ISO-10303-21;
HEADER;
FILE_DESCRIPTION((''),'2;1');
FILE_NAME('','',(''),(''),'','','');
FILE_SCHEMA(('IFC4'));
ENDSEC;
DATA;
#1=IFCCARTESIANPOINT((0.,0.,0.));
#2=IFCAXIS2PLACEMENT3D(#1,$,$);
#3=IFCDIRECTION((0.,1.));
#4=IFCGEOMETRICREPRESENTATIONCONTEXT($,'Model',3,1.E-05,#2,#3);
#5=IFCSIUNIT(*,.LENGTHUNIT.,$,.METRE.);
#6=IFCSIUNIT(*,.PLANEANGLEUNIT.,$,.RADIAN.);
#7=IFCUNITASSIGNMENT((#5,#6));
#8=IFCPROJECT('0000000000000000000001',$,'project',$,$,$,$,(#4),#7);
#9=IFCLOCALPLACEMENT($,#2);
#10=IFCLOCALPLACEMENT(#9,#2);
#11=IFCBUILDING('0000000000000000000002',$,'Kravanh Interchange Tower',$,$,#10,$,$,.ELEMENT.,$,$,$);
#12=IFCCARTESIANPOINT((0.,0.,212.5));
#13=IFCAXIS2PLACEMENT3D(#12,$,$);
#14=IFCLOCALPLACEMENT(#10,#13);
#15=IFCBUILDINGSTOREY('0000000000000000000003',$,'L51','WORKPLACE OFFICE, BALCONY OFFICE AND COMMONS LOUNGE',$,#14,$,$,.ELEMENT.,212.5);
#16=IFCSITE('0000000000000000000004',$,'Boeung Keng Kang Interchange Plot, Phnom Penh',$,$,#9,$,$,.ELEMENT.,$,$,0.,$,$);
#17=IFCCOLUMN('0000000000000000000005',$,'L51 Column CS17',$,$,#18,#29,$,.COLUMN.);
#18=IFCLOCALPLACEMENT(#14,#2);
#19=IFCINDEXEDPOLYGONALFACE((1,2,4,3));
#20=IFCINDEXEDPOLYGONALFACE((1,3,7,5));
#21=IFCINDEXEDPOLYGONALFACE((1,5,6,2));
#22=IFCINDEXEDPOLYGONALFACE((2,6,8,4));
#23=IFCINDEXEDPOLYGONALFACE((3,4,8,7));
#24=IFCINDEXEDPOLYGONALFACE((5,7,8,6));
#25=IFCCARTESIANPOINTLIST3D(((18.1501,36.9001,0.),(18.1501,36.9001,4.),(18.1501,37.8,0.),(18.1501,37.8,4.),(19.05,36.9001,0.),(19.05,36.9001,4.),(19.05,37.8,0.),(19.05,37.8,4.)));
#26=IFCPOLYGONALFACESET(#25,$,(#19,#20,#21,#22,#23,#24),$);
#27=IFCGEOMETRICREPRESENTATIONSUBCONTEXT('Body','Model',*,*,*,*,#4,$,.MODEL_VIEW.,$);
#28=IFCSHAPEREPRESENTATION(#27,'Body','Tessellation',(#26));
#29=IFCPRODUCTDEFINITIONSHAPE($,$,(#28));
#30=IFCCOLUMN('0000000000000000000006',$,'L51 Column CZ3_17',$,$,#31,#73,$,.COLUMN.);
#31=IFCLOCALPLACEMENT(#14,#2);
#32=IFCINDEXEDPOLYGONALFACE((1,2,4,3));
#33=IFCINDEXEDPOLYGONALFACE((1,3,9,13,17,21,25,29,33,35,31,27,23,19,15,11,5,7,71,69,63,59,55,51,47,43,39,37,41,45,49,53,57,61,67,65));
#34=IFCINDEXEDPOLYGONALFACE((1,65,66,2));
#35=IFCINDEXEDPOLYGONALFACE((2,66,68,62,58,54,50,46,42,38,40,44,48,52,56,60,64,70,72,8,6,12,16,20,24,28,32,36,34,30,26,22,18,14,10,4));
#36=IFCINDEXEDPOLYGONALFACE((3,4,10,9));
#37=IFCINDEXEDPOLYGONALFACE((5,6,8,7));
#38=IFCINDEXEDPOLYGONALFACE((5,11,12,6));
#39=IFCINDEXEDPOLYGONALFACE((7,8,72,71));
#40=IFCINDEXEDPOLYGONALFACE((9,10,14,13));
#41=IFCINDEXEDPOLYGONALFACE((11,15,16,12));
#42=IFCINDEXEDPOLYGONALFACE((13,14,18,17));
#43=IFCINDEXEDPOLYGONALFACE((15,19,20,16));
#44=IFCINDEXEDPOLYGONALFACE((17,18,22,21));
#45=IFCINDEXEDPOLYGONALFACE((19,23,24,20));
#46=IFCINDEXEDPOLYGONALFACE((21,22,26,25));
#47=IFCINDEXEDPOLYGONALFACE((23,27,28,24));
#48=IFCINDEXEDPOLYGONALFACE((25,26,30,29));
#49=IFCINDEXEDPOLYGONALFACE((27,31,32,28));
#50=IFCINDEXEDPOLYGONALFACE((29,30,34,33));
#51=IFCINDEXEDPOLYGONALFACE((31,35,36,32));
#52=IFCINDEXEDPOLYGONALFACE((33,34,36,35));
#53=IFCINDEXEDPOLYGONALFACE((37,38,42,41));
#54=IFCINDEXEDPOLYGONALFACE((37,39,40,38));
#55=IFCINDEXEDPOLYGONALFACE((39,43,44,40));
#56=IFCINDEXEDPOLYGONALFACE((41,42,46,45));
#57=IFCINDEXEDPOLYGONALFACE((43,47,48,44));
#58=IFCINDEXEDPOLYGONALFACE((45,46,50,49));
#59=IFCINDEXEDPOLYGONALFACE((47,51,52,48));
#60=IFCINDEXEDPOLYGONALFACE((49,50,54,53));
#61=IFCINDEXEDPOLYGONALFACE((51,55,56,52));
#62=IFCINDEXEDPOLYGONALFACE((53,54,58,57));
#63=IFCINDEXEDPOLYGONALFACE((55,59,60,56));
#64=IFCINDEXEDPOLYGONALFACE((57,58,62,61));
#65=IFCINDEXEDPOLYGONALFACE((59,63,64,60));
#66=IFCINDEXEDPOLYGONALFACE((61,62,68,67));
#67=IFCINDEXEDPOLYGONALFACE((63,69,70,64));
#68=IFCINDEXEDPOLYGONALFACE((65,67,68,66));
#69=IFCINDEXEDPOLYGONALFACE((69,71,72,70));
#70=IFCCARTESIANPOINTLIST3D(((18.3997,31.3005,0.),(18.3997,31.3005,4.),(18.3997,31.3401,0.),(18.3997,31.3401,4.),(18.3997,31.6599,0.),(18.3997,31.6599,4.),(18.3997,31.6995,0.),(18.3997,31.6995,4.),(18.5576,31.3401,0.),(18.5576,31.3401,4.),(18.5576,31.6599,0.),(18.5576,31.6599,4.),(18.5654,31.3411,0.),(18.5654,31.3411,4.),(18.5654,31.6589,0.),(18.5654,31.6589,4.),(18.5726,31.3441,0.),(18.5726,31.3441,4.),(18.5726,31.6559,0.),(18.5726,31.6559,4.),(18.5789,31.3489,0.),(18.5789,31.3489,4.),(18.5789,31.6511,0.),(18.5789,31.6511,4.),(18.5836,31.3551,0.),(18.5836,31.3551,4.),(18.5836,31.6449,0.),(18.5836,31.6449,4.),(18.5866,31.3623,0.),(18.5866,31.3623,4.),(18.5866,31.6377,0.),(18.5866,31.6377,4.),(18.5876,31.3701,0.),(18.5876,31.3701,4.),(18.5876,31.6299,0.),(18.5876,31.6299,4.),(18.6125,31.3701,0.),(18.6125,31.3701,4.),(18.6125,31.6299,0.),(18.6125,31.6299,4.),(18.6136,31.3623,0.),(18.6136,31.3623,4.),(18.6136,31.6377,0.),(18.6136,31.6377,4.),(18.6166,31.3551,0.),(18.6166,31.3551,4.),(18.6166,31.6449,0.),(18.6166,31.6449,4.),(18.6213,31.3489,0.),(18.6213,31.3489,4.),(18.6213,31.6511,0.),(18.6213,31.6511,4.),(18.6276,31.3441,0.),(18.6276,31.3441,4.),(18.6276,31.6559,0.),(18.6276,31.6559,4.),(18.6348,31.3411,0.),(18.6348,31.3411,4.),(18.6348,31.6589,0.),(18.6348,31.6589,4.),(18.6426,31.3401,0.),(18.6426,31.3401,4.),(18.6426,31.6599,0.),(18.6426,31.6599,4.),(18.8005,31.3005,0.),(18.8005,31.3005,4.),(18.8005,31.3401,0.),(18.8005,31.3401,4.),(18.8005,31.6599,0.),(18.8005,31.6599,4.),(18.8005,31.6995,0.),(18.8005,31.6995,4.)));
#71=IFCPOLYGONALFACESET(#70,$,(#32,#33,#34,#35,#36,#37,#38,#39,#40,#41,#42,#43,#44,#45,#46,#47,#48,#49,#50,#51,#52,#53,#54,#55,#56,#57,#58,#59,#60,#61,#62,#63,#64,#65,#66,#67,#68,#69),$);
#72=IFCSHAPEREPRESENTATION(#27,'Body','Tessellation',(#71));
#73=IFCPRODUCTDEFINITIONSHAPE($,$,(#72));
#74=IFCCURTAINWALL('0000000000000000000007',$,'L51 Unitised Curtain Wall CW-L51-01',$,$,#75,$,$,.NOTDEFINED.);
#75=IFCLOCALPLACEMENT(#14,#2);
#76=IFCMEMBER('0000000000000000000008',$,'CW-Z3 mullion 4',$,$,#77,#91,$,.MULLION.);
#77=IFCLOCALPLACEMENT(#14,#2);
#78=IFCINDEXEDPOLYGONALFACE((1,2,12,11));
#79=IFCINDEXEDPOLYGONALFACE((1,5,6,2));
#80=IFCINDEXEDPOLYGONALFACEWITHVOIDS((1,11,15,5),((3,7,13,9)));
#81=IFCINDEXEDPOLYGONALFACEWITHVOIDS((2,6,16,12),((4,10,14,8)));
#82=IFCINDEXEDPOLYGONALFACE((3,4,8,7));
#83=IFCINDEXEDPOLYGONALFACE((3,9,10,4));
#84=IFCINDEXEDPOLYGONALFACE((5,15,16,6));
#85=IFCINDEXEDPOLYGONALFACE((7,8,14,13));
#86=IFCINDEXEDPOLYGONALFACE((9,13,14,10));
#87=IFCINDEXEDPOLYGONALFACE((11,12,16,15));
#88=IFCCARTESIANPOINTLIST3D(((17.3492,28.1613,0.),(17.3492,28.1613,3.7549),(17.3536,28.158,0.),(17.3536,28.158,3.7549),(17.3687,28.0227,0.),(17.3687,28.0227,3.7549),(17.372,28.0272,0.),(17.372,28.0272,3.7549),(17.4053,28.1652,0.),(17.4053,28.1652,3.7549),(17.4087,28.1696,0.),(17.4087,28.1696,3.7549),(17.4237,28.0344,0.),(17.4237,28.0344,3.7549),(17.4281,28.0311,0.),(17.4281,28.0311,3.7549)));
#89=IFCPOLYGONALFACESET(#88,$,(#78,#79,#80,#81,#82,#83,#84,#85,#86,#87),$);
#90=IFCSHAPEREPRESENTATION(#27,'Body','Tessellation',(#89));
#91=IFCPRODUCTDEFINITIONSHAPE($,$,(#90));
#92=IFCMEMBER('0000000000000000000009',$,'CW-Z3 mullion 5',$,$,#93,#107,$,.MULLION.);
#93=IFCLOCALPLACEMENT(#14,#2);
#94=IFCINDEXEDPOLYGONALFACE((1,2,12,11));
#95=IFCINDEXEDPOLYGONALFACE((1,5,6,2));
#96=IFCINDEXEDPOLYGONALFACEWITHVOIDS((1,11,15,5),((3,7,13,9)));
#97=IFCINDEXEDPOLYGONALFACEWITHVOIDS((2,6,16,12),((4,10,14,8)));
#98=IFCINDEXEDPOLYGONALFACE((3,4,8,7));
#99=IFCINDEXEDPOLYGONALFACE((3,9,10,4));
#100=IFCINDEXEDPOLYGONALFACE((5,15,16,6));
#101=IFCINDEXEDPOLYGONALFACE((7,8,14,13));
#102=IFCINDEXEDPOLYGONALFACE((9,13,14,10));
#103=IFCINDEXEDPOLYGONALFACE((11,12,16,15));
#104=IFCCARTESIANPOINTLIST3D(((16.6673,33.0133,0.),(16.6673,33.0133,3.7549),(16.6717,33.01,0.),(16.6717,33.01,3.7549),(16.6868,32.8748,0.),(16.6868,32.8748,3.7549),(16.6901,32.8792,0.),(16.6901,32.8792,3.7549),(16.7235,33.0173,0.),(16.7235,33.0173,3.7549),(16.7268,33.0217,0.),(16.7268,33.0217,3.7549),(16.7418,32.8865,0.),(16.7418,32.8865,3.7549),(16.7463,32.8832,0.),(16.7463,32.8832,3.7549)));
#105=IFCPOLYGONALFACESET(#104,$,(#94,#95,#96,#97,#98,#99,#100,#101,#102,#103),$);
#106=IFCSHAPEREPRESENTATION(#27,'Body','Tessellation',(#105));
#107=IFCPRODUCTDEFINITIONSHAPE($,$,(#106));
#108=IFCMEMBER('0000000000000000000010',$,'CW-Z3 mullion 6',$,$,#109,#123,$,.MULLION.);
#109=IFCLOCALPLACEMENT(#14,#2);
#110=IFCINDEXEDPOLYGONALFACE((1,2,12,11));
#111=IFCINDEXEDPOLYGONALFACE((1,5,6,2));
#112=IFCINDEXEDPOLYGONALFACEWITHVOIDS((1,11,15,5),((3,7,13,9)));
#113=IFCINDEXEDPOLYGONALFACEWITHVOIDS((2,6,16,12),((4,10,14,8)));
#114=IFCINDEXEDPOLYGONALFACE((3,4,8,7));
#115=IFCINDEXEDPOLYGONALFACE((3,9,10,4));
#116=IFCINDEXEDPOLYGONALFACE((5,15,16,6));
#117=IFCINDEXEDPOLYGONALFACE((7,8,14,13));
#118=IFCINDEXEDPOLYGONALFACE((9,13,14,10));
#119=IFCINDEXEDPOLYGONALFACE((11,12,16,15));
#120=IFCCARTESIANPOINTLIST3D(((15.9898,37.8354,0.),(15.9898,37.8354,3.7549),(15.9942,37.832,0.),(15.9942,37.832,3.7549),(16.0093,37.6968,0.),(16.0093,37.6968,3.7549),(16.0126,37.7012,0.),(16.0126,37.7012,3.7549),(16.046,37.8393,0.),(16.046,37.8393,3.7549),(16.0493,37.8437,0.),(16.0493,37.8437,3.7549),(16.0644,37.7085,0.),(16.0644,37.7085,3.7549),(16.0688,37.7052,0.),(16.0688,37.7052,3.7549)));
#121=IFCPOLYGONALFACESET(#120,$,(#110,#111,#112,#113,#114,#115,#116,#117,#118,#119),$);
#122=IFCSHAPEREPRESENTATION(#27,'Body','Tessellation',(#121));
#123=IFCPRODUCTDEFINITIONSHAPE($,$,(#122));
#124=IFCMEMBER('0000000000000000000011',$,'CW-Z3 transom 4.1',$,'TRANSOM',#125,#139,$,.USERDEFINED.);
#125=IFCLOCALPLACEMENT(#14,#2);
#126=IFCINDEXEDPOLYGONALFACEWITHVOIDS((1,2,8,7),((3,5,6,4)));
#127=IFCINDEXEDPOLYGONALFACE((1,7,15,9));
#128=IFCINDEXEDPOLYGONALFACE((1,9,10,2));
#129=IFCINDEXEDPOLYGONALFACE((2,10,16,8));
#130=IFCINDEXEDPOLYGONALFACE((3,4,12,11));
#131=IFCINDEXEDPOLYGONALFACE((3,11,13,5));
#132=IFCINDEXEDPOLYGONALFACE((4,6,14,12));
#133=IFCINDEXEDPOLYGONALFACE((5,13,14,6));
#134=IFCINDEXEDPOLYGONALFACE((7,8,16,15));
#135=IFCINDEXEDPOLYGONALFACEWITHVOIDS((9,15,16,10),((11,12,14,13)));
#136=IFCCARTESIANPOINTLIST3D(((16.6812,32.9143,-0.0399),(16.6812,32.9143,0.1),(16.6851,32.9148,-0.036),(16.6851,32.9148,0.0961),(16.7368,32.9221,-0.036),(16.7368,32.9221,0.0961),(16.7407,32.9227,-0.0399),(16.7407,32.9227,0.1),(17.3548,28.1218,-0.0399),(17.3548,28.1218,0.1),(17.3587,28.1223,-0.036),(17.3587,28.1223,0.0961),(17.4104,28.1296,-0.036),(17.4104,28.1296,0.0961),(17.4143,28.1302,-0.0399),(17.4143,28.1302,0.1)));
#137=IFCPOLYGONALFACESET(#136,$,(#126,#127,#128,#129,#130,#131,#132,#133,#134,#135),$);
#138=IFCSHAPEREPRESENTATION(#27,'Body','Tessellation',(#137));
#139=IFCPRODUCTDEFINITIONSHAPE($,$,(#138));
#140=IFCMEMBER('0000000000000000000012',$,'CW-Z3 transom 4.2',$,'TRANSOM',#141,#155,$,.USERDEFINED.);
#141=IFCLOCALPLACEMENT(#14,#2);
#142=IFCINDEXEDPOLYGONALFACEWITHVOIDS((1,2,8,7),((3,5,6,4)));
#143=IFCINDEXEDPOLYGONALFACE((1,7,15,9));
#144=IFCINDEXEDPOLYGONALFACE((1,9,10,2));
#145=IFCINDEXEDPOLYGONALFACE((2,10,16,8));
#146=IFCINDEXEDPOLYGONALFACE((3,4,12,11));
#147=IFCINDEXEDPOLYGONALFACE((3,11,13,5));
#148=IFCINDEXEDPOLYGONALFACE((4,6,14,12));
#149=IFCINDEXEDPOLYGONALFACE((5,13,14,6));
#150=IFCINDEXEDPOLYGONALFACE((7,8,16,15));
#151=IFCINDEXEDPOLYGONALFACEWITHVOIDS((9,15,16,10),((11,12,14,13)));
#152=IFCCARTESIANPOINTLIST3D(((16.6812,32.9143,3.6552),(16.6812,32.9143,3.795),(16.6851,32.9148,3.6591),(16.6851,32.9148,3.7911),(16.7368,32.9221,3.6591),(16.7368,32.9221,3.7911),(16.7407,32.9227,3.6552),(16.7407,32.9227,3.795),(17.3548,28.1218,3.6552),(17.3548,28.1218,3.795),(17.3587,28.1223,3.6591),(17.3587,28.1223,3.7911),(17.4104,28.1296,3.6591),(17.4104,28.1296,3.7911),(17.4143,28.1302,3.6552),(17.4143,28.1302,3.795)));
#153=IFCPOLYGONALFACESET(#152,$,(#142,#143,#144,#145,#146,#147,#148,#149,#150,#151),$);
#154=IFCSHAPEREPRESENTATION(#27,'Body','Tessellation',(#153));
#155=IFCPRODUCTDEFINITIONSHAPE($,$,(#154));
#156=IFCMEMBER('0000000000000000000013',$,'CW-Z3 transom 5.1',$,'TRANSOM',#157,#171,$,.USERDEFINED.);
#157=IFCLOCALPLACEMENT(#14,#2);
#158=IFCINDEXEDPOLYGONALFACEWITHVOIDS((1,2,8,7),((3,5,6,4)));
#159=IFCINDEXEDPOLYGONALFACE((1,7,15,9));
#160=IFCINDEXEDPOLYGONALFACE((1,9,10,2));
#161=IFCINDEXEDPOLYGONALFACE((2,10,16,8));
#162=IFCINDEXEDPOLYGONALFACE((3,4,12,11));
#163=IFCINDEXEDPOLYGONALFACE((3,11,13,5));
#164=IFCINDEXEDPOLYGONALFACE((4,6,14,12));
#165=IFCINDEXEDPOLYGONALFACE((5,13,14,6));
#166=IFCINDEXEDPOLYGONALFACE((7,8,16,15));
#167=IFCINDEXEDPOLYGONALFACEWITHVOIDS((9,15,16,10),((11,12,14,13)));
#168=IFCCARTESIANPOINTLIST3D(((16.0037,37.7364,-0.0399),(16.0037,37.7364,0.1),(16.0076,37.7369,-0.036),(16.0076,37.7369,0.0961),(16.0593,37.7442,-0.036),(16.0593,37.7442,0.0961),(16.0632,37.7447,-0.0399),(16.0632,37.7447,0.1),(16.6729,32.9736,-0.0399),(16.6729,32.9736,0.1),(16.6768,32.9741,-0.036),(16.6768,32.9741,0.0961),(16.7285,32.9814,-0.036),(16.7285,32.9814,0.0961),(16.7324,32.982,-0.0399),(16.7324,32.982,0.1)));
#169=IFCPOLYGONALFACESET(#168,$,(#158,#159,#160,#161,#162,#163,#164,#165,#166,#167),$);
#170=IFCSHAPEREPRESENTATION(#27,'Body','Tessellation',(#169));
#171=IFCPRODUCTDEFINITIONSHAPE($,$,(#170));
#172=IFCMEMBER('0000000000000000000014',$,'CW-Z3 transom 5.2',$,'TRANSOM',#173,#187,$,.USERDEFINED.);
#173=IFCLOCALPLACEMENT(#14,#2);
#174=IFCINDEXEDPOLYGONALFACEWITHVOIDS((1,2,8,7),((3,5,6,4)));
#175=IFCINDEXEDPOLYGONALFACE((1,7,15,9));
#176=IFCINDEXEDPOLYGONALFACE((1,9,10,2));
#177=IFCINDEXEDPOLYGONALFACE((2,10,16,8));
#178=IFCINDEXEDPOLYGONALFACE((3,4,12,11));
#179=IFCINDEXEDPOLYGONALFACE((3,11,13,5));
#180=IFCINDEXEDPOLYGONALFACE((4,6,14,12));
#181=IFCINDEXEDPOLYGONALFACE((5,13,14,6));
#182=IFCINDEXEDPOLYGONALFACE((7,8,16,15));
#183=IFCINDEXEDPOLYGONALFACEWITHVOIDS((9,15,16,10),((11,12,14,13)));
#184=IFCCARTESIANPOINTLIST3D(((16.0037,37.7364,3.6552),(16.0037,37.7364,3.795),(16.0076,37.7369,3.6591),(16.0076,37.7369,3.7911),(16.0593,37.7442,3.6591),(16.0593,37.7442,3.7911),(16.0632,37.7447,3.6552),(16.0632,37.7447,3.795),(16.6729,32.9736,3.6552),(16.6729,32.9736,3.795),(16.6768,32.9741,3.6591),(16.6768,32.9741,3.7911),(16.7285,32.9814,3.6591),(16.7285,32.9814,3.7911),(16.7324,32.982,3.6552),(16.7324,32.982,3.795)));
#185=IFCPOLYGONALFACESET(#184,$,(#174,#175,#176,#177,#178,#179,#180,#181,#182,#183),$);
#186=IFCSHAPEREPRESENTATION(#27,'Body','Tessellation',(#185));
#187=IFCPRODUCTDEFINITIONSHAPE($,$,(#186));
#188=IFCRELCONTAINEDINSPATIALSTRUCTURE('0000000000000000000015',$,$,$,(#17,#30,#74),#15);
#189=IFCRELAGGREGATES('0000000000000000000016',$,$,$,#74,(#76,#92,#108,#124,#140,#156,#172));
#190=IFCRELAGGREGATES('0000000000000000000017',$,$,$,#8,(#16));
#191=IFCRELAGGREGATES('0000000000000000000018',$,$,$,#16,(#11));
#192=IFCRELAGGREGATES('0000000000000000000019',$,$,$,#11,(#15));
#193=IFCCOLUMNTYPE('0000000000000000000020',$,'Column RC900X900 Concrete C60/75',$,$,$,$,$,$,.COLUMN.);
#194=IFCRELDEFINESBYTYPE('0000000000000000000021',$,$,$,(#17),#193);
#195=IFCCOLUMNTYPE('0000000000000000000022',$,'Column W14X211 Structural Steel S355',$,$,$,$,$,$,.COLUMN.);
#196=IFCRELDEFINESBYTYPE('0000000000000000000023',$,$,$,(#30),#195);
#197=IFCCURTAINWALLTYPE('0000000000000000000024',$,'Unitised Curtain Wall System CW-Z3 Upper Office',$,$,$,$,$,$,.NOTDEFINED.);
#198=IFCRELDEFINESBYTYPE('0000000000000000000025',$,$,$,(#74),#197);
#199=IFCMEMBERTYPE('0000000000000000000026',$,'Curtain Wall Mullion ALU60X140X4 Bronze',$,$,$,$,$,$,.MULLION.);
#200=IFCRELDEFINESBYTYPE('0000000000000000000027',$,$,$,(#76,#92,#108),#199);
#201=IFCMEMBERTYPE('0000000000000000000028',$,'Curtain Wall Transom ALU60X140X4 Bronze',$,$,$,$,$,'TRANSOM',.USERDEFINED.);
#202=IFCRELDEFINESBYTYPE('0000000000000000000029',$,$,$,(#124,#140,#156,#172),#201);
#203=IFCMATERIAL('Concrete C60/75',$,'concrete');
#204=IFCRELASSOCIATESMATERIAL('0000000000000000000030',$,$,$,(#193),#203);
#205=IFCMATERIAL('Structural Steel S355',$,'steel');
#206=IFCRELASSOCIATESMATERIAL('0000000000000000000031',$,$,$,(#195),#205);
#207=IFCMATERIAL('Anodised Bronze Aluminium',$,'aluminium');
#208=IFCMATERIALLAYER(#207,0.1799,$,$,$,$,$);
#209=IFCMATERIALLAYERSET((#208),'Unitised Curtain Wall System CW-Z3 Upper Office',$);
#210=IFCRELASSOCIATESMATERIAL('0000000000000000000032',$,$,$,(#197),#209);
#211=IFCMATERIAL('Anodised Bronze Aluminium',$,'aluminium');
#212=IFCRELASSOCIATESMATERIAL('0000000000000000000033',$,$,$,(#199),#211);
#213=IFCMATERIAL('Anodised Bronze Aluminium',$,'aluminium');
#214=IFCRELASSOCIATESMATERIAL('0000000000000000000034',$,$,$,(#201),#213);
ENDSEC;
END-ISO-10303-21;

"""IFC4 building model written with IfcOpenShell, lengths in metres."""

from ifc_helpers import new_model, si_unit, direction, frame, origin, origin_2d, place, context, subcontext, project, spatial, rectangle, hollow_rectangle, i_section, extrude, material, layer, layer_set, material_profile, profile_set, type_object, element, aggregate, save


model = new_model("IFC4")

# Units and contexts
model_context = context("Model", 3, precision=1e-05, world=origin(), true_north=direction((0.0, 1.0)))
body_context = subcontext(model_context, "Body", "Model", "MODEL_VIEW")
ifc_project = project(units=[si_unit("LENGTHUNIT", "METRE"), si_unit("PLANEANGLEUNIT", "RADIAN")], contexts=[model_context])

# Site, building, storey
site_placement = place(None, origin())
site = spatial("IfcSite", under=ifc_project, at=site_placement, Name="Boeung Keng Kang Interchange Plot, Phnom Penh", CompositionType="ELEMENT", RefElevation=0.0)
building_placement = place(site_placement, origin())
building = spatial("IfcBuilding", under=site, at=building_placement, Name="Kravanh Interchange Tower", CompositionType="ELEMENT")
storey_placement = place(building_placement, frame((0.0, 0.0, 212.5)))
storey = spatial("IfcBuildingStorey", under=building, at=storey_placement, Name="L51", Description="WORKPLACE OFFICE, BALCONY OFFICE AND COMMONS LOUNGE", CompositionType="ELEMENT", Elevation=212.5)

# Columns
ifc_material_1 = material(Name="Concrete C60/75", Category="concrete")
ifc_material_profile_1 = material_profile(ifc_material_1, rectangle(XDim=0.8999, YDim=0.8999, at=origin_2d()), Name="RC900X900")
ifc_profile_set_1 = profile_set([ifc_material_profile_1], Name="Concrete C60/75")
column_type_1 = type_object("IfcColumnType", Name="Column RC900X900 Concrete C60/75", PredefinedType="COLUMN", material=ifc_profile_set_1)
column_1_placement = place(storey_placement, frame((18.6001, 37.3501, 0.0), z_axis=(0.0, 0.0, 1.0), x_axis=(1.0, 0.0, 0.0)))
element("IfcColumn", 1, at=column_1_placement, inside=storey, type_object=column_type_1, Name="L51 Column CS17", PredefinedType="COLUMN", context=body_context, shape_type="SweptSolid", body=[
    extrude(rectangle(XDim=0.8999, YDim=0.8999, at=origin_2d()), origin(), (0.0, 0.0, 1.0), 4.0),
])
ifc_material_2 = material(Name="Structural Steel S355", Category="steel")
ifc_material_profile_2 = material_profile(ifc_material_2, i_section(OverallWidth=0.4009, OverallDepth=0.3989, WebThickness=0.0249, FlangeThickness=0.0396, FilletRadius=0.03, at=origin_2d()), Name="W14X211")
ifc_profile_set_2 = profile_set([ifc_material_profile_2], Name="Structural Steel S355")
column_type_2 = type_object("IfcColumnType", Name="Column W14X211 Structural Steel S355", PredefinedType="COLUMN", material=ifc_profile_set_2)
column_2_placement = place(storey_placement, frame((18.6001, 31.5, 0.0), z_axis=(0.0, 0.0, 1.0), x_axis=(1.0, 0.0, 0.0)))
element("IfcColumn", 2, at=column_2_placement, inside=storey, type_object=column_type_2, Name="L51 Column CZ3_17", PredefinedType="COLUMN", context=body_context, shape_type="SweptSolid", body=[
    extrude(i_section(OverallWidth=0.4009, OverallDepth=0.3989, WebThickness=0.0249, FlangeThickness=0.0396, FilletRadius=0.03, at=origin_2d()), origin(), (0.0, 0.0, 1.0), 4.0),
])

# Curtain wall, members
ifc_material_3 = material(Name="Anodised Bronze Aluminium", Category="aluminium")
ifc_layer_1 = layer(ifc_material_3, 0.1799)
ifc_layer_set_1 = layer_set([ifc_layer_1], Name="Unitised Curtain Wall System CW-Z3 Upper Office")
curtain_wall_type = type_object("IfcCurtainWallType", Name="Unitised Curtain Wall System CW-Z3 Upper Office", PredefinedType="NOTDEFINED", material=ifc_layer_set_1)
curtain_wall_placement = place(storey_placement, origin())
curtain_wall = element("IfcCurtainWall", 3, at=curtain_wall_placement, inside=storey, type_object=curtain_wall_type, Name="L51 Unitised Curtain Wall CW-L51-01", PredefinedType="NOTDEFINED")
ifc_material_4 = material(Name="Anodised Bronze Aluminium", Category="aluminium")
ifc_material_profile_3 = material_profile(ifc_material_4, hollow_rectangle(XDim=0.0601, YDim=0.1399, WallThickness=0.0039, at=origin_2d()), Name="ALU60X140X4")
ifc_profile_set_3 = profile_set([ifc_material_profile_3], Name="Anodised Bronze Aluminium")
member_type_1 = type_object("IfcMemberType", Name="Curtain Wall Mullion ALU60X140X4 Bronze", PredefinedType="MULLION", material=ifc_profile_set_3)
member_1_placement = place(storey_placement, frame((17.3887, 28.0962, 0.0), z_axis=(0.0, 0.0, 1.0), x_axis=(-0.990268, -0.139172, 0.0)))
member_1 = element("IfcMember", 4, at=member_1_placement, type_object=member_type_1, Name="CW-Z3 mullion 4", PredefinedType="MULLION", context=body_context, shape_type="SweptSolid", body=[
    extrude(hollow_rectangle(XDim=0.0601, YDim=0.1399, WallThickness=0.0039, at=origin_2d()), origin(), (0.0, 0.0, 1.0), 3.7549),
])
member_2_placement = place(storey_placement, frame((16.7068, 32.9482, 0.0), z_axis=(0.0, 0.0, 1.0), x_axis=(-0.990268, -0.139172, 0.0)))
member_2 = element("IfcMember", 5, at=member_2_placement, type_object=member_type_1, Name="CW-Z3 mullion 5", PredefinedType="MULLION", context=body_context, shape_type="SweptSolid", body=[
    extrude(hollow_rectangle(XDim=0.0601, YDim=0.1399, WallThickness=0.0039, at=origin_2d()), origin(), (0.0, 0.0, 1.0), 3.7549),
])
member_3_placement = place(storey_placement, frame((16.0293, 37.7703, 0.0), z_axis=(0.0, 0.0, 1.0), x_axis=(-0.990268, -0.139172, 0.0)))
member_3 = element("IfcMember", 6, at=member_3_placement, type_object=member_type_1, Name="CW-Z3 mullion 6", PredefinedType="MULLION", context=body_context, shape_type="SweptSolid", body=[
    extrude(hollow_rectangle(XDim=0.0601, YDim=0.1399, WallThickness=0.0039, at=origin_2d()), origin(), (0.0, 0.0, 1.0), 3.7549),
])
ifc_material_5 = material(Name="Anodised Bronze Aluminium", Category="aluminium")
ifc_material_profile_4 = material_profile(ifc_material_5, hollow_rectangle(XDim=0.0601, YDim=0.1399, WallThickness=0.0039, at=origin_2d()), Name="ALU60X140X4")
ifc_profile_set_4 = profile_set([ifc_material_profile_4], Name="Anodised Bronze Aluminium")
member_type_2 = type_object("IfcMemberType", Name="Curtain Wall Transom ALU60X140X4 Bronze", ElementType="TRANSOM", PredefinedType="USERDEFINED", material=ifc_profile_set_4)
member_4_placement = place(storey_placement, frame((17.3845, 28.126, 0.03), z_axis=(-0.139182, 0.990267, 0.0), x_axis=(-0.990267, -0.139182, 0.0)))
member_4 = element("IfcMember", 7, at=member_4_placement, type_object=member_type_2, Name="CW-Z3 transom 4.1", ObjectType="TRANSOM", PredefinedType="USERDEFINED", context=body_context, shape_type="SweptSolid", body=[
    extrude(hollow_rectangle(XDim=0.0601, YDim=0.1399, WallThickness=0.0039, at=origin_2d()), origin(), (0.0, 0.0, 1.0), 4.8396),
])
member_5_placement = place(storey_placement, frame((17.3845, 28.126, 3.7251), z_axis=(-0.139182, 0.990267, 0.0), x_axis=(-0.990267, -0.139182, 0.0)))
member_5 = element("IfcMember", 8, at=member_5_placement, type_object=member_type_2, Name="CW-Z3 transom 4.2", ObjectType="TRANSOM", PredefinedType="USERDEFINED", context=body_context, shape_type="SweptSolid", body=[
    extrude(hollow_rectangle(XDim=0.0601, YDim=0.1399, WallThickness=0.0039, at=origin_2d()), origin(), (0.0, 0.0, 1.0), 4.8396),
])
member_6_placement = place(storey_placement, frame((16.7026, 32.9778, 0.03), z_axis=(-0.13914, 0.990273, 0.0), x_axis=(-0.990273, -0.13914, 0.0)))
member_6 = element("IfcMember", 9, at=member_6_placement, type_object=member_type_2, Name="CW-Z3 transom 5.1", ObjectType="TRANSOM", PredefinedType="USERDEFINED", context=body_context, shape_type="SweptSolid", body=[
    extrude(hollow_rectangle(XDim=0.0601, YDim=0.1399, WallThickness=0.0039, at=origin_2d()), origin(), (0.0, 0.0, 1.0), 4.8096),
])
member_7_placement = place(storey_placement, frame((16.7026, 32.9778, 3.7251), z_axis=(-0.13914, 0.990273, 0.0), x_axis=(-0.990273, -0.13914, 0.0)))
member_7 = element("IfcMember", 10, at=member_7_placement, type_object=member_type_2, Name="CW-Z3 transom 5.2", ObjectType="TRANSOM", PredefinedType="USERDEFINED", context=body_context, shape_type="SweptSolid", body=[
    extrude(hollow_rectangle(XDim=0.0601, YDim=0.1399, WallThickness=0.0039, at=origin_2d()), origin(), (0.0, 0.0, 1.0), 4.8096),
])

aggregate(curtain_wall, [member_1, member_2, member_3, member_4, member_5, member_6, member_7])

save(model, "model.ifc")
